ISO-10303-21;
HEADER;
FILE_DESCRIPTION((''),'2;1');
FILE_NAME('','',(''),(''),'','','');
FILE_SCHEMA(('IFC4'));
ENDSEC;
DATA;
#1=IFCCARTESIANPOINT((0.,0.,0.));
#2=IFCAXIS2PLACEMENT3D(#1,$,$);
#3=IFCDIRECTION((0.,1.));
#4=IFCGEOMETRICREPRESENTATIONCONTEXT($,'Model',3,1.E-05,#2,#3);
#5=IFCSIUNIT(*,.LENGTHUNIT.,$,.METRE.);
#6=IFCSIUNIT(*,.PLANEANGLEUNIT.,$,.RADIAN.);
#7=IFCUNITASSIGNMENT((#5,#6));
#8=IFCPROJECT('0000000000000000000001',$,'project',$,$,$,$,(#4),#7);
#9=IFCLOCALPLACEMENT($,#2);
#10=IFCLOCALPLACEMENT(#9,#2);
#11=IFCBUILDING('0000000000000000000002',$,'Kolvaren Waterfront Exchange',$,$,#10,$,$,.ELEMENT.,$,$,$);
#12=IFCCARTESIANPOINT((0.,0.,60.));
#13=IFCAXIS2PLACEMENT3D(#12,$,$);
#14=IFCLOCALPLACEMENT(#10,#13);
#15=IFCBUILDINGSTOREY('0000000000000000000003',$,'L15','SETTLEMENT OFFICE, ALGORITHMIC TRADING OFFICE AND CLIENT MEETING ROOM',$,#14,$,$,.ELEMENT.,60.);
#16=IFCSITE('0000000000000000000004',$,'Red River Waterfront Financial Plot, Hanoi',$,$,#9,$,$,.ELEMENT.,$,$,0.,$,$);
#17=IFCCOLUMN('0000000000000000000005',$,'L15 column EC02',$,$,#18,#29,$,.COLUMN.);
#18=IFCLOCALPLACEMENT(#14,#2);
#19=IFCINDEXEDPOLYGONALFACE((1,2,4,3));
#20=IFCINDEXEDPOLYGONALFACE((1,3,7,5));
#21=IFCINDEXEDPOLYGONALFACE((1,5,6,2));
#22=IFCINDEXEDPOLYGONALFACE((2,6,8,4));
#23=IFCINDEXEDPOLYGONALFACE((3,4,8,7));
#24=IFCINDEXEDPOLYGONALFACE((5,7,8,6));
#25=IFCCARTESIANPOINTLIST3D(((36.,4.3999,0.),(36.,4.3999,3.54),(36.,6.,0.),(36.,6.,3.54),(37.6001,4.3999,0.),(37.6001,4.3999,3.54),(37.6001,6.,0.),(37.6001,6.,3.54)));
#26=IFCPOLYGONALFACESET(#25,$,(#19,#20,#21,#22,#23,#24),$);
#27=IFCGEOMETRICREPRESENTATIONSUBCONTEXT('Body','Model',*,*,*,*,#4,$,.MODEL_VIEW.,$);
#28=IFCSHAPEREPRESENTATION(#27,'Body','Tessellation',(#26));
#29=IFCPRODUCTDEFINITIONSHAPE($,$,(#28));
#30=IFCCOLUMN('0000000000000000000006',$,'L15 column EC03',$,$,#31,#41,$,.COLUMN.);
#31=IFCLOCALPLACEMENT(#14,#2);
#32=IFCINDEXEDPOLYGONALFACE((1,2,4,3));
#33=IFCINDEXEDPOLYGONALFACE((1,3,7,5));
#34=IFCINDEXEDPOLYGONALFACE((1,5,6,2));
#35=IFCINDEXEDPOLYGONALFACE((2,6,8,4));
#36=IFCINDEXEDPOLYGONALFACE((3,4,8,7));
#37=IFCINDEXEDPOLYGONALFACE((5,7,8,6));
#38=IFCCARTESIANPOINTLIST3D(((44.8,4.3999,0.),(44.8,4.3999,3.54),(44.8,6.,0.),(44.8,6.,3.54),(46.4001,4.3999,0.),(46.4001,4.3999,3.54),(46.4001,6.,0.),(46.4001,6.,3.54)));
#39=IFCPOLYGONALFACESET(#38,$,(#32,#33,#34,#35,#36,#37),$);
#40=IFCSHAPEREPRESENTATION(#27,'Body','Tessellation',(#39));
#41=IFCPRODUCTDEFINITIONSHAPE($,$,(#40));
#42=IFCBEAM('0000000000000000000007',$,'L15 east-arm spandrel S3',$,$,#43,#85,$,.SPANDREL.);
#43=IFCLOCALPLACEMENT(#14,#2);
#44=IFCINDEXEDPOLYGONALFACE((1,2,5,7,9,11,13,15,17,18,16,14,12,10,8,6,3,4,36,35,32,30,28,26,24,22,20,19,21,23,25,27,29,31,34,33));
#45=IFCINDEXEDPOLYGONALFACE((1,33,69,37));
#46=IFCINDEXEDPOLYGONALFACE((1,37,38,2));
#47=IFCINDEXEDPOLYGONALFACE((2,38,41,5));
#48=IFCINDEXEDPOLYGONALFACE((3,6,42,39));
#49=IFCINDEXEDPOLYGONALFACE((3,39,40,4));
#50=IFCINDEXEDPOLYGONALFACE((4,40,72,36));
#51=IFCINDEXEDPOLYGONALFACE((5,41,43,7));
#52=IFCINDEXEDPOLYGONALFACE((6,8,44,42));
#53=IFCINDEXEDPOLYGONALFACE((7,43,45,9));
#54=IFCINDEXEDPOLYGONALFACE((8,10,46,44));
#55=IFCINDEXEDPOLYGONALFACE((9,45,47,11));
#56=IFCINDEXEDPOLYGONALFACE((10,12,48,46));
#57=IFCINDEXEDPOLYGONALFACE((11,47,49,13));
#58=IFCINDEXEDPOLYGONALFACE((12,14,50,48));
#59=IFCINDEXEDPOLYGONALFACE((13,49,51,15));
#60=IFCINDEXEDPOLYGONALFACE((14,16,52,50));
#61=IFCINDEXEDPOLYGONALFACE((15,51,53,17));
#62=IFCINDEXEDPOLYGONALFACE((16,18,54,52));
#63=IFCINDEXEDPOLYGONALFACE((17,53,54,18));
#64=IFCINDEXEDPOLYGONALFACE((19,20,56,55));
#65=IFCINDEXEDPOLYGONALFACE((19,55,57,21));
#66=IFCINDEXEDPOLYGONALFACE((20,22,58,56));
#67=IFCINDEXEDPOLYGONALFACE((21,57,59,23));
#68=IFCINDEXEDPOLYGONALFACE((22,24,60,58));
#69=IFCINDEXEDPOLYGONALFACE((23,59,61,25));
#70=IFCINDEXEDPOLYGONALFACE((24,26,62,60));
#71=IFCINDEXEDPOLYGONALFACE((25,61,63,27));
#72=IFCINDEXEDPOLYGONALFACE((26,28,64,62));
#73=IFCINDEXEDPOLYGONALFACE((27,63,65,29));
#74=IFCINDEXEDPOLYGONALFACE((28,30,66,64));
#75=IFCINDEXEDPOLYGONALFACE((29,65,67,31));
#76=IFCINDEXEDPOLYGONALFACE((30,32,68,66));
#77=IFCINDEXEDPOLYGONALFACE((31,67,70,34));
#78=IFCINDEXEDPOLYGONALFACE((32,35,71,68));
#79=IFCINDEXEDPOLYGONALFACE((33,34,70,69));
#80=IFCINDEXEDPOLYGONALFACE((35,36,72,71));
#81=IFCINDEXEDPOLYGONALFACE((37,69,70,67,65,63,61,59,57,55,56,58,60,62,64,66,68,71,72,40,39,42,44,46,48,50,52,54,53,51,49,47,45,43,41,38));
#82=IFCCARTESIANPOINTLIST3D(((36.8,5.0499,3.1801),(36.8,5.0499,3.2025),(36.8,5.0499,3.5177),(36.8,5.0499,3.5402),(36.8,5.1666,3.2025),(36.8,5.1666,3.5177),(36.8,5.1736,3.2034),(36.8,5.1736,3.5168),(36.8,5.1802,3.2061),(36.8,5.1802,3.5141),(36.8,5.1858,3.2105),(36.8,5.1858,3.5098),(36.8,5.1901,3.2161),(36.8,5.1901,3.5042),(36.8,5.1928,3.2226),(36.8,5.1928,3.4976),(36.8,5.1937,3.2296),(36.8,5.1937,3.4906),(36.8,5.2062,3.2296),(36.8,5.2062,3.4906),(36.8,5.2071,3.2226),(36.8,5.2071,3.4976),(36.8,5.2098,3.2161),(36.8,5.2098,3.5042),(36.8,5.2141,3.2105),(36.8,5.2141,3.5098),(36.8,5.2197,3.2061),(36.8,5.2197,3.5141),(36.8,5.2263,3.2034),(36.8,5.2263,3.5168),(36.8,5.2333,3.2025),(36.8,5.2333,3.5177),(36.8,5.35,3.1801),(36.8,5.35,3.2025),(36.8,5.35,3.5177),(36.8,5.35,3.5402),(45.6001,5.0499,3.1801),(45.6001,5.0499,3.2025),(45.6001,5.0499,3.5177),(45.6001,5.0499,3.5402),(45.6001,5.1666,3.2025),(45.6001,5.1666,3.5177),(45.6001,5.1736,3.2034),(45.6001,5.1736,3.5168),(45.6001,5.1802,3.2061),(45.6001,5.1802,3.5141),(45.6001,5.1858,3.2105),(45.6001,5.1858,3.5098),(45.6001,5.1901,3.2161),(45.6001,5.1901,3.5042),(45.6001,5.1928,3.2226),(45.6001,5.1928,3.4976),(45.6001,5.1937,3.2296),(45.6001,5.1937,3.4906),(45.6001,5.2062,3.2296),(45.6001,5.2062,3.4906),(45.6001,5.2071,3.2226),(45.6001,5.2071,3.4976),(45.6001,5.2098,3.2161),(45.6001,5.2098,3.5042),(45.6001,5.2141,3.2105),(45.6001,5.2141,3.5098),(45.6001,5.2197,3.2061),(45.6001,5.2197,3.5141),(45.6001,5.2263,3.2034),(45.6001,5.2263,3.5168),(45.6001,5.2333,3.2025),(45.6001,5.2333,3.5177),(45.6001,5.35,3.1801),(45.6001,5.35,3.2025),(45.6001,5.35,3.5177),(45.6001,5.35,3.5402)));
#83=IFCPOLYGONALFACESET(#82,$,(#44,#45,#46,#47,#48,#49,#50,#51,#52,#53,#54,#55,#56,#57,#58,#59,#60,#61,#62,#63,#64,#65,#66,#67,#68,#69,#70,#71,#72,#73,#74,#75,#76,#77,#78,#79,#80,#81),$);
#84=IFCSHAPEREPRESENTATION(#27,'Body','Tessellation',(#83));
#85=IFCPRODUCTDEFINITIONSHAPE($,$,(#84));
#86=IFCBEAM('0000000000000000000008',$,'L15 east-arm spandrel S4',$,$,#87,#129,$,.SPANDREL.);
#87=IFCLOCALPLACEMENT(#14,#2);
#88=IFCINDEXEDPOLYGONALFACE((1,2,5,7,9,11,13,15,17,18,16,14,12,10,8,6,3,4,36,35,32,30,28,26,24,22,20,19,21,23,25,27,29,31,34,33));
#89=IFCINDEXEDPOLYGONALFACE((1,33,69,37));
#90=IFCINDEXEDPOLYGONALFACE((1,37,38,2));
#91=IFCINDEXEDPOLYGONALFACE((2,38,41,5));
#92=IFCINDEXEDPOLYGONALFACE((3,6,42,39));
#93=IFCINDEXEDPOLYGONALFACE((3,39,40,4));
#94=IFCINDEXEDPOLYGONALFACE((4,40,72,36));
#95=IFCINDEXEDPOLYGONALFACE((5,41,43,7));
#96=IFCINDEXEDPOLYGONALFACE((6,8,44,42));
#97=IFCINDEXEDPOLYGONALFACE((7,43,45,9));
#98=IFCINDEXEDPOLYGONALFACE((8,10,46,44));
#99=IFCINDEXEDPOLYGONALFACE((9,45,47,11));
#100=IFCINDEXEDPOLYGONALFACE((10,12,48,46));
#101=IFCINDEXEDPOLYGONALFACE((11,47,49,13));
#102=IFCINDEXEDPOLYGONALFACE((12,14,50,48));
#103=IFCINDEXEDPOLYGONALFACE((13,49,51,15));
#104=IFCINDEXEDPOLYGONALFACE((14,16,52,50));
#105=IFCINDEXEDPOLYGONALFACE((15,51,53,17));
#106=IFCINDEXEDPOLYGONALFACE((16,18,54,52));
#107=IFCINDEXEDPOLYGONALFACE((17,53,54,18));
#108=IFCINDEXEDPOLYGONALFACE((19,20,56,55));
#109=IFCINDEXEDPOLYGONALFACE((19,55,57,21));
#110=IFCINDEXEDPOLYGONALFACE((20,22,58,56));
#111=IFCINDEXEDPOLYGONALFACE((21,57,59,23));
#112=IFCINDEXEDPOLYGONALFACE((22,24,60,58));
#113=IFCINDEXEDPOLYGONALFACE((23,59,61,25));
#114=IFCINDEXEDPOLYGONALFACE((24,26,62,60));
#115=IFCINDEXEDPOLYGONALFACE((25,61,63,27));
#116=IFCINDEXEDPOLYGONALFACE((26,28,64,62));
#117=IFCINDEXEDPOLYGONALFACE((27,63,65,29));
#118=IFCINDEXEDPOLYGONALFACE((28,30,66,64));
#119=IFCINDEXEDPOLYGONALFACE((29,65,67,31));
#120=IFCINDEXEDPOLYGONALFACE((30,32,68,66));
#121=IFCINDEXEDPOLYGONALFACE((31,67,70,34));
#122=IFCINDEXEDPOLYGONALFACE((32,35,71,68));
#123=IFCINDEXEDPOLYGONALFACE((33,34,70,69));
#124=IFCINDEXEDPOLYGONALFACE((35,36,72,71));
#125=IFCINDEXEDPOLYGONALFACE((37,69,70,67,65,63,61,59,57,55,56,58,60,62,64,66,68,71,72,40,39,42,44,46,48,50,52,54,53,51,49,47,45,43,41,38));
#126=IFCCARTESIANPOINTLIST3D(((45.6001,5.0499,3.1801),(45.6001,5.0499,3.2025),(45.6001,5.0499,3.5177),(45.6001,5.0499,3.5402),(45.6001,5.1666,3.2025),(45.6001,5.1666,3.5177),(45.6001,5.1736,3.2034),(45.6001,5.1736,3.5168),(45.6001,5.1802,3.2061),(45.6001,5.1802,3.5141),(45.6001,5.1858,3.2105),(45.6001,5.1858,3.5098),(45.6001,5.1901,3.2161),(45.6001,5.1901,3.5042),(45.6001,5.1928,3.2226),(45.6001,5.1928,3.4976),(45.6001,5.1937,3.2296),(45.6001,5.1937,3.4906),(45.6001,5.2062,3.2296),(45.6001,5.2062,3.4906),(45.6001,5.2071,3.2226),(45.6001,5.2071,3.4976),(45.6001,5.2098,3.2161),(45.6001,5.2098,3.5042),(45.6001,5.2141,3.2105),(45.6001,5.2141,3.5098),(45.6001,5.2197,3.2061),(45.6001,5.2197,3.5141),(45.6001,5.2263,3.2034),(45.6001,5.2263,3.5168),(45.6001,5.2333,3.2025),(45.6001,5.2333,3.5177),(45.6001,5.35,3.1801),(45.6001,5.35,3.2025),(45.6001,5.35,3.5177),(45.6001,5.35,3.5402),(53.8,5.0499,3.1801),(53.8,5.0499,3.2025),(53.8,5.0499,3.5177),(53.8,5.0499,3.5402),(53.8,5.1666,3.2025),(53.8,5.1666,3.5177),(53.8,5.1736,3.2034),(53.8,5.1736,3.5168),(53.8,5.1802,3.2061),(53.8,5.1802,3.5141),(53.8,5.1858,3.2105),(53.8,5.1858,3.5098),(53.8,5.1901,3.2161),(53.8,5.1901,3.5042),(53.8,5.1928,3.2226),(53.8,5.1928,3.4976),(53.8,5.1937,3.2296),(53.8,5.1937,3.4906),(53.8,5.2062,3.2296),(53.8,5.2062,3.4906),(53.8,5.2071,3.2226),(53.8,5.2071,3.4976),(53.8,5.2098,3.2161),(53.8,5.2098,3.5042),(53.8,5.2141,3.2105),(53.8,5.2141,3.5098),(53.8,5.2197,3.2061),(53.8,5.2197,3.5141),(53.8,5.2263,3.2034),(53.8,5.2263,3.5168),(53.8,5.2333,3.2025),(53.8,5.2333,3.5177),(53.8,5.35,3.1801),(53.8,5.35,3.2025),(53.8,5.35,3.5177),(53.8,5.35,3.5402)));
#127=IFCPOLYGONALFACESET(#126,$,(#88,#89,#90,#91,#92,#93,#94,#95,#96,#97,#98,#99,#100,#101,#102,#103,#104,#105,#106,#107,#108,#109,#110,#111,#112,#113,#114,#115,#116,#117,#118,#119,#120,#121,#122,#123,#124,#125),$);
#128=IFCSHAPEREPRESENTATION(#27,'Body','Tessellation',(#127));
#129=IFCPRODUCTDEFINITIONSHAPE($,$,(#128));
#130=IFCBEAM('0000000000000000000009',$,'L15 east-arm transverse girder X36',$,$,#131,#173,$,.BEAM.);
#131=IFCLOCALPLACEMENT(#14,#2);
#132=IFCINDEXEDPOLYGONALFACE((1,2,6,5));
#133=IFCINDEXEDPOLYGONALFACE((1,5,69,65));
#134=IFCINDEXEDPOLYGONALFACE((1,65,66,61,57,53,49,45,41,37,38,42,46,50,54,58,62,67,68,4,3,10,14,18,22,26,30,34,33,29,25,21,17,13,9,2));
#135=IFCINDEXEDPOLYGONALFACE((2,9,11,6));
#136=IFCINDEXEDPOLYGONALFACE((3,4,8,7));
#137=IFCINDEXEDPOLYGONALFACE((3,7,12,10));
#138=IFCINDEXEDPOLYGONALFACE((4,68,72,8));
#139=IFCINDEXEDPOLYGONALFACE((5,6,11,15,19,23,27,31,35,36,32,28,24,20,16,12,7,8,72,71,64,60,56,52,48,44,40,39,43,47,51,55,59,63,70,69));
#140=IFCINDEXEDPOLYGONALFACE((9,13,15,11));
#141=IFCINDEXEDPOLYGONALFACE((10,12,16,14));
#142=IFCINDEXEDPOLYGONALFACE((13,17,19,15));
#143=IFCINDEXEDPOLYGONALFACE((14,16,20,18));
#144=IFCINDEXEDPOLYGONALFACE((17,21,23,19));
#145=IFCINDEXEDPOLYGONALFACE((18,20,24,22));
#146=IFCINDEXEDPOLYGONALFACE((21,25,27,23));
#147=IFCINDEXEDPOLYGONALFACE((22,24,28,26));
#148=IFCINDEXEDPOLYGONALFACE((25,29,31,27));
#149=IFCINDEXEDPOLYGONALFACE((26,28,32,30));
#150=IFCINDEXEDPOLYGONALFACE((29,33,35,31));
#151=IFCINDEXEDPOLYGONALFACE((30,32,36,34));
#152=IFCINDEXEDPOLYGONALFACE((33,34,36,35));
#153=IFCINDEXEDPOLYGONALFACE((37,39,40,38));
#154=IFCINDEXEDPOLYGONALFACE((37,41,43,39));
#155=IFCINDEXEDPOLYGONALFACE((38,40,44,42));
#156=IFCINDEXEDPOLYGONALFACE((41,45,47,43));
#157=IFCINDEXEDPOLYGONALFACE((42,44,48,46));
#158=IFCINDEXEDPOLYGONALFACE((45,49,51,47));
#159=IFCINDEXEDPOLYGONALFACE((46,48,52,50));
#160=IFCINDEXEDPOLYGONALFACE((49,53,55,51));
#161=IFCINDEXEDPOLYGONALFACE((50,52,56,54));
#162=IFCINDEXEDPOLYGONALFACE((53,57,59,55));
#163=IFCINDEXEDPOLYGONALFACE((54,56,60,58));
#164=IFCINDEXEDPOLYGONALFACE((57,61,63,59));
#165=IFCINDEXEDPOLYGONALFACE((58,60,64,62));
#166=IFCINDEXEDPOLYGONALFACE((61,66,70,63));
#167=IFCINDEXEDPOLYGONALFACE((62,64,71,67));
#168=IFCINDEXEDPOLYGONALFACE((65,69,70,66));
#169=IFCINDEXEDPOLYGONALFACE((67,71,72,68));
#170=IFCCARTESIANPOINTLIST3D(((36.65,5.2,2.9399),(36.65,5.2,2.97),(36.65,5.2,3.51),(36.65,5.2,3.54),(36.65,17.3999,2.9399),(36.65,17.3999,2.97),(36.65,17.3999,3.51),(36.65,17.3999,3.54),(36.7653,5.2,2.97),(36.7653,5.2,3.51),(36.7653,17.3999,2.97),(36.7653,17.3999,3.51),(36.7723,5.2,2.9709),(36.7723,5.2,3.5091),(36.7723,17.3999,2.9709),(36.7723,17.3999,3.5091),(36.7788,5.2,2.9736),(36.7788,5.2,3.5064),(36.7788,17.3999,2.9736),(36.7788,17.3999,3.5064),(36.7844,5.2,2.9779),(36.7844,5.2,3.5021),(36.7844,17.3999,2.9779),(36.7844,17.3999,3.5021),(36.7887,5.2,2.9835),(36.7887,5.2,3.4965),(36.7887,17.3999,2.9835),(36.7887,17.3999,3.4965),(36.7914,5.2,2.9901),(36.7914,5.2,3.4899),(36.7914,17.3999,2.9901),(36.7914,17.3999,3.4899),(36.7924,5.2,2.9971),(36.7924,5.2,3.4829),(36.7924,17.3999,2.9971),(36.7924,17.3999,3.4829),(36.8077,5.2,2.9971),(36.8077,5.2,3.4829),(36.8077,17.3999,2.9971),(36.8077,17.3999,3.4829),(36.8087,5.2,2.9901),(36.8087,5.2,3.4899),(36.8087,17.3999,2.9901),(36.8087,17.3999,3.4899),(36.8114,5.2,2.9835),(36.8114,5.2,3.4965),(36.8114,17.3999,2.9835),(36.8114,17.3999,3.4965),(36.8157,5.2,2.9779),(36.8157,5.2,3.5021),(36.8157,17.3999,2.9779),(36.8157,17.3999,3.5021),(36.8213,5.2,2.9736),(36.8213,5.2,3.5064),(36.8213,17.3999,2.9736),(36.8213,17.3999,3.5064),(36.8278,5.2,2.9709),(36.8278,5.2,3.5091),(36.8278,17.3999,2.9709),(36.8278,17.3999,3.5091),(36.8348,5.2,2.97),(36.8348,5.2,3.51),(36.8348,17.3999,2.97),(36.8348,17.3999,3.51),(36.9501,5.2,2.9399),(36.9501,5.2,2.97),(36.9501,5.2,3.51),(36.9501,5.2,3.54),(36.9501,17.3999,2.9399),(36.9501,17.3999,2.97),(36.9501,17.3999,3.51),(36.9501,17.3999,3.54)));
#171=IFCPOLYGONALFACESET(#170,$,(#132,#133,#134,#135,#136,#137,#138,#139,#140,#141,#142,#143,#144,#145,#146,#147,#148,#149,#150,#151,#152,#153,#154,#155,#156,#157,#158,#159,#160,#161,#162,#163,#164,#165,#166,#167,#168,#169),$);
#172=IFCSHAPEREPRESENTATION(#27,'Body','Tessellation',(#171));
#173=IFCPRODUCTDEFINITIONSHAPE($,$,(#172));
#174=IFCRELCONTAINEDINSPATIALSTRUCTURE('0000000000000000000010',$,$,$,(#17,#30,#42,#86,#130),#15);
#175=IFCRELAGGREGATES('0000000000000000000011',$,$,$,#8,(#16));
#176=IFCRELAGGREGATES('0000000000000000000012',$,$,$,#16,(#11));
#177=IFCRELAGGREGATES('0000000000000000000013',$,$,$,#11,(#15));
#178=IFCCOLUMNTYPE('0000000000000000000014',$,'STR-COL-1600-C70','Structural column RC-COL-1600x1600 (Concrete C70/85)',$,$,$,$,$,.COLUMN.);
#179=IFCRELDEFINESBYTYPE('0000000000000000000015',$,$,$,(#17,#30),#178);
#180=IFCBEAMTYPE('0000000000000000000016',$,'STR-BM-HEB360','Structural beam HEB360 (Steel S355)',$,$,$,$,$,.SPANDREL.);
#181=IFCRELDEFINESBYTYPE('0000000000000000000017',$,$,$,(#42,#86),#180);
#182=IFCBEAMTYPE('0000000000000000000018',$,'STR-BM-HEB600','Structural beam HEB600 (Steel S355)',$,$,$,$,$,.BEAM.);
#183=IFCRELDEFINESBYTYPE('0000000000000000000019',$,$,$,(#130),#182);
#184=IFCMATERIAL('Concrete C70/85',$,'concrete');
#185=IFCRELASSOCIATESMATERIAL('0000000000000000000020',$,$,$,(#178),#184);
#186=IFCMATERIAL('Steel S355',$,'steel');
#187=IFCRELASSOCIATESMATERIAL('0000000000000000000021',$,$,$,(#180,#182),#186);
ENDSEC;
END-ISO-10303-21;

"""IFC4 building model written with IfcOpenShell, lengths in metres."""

from ifc_helpers import new_model, si_unit, direction, frame, origin, origin_2d, place, context, subcontext, project, spatial, rectangle, i_section, extrude, material, material_profile, profile_set, type_object, element, save


model = new_model("IFC4")

# Units and contexts
model_context = context("Model", 3, precision=1e-05, world=origin(), true_north=direction((0.0, 1.0)))
body_context = subcontext(model_context, "Body", "Model", "MODEL_VIEW")
ifc_project = project(units=[si_unit("LENGTHUNIT", "METRE"), si_unit("PLANEANGLEUNIT", "RADIAN")], contexts=[model_context])

# Site, building, storey
site_placement = place(None, origin())
site = spatial("IfcSite", under=ifc_project, at=site_placement, Name="Red River Waterfront Financial Plot, Hanoi", CompositionType="ELEMENT", RefElevation=0.0)
building_placement = place(site_placement, origin())
building = spatial("IfcBuilding", under=site, at=building_placement, Name="Kolvaren Waterfront Exchange", CompositionType="ELEMENT")
storey_placement = place(building_placement, frame((0.0, 0.0, 60.0)))
storey = spatial("IfcBuildingStorey", under=building, at=storey_placement, Name="L15", Description="SETTLEMENT OFFICE, ALGORITHMIC TRADING OFFICE AND CLIENT MEETING ROOM", CompositionType="ELEMENT", Elevation=60.0)

# Columns
ifc_material_1 = material(Name="Concrete C70/85", Category="concrete")
ifc_material_profile_1 = material_profile(ifc_material_1, rectangle(XDim=1.6001, YDim=1.6001, at=origin_2d()), Name="RC-COL-1600x1600")
ifc_profile_set_1 = profile_set([ifc_material_profile_1], Name="Concrete C70/85")
column_type = type_object("IfcColumnType", Name="STR-COL-1600-C70", Description="Structural column RC-COL-1600x1600 (Concrete C70/85)", PredefinedType="COLUMN", material=ifc_profile_set_1)
for number, where, z_axis, x_axis, name in (
    (1, (36.8, 5.2, 0.0), (0.0, 0.0, 1.0), (1.0, 0.0, 0.0), "L15 column EC02"),
    (2, (45.6001, 5.2, 0.0), (0.0, 0.0, 1.0), (1.0, 0.0, 0.0), "L15 column EC03"),
):
    element("IfcColumn", number, at=place(storey_placement, frame(where, z_axis=z_axis, x_axis=x_axis)), inside=storey, type_object=column_type, Name=name, PredefinedType="COLUMN", context=body_context, shape_type="SweptSolid", body=[
        extrude(rectangle(XDim=1.6001, YDim=1.6001, at=origin_2d()), origin(), (0.0, 0.0, 1.0), 3.54),
    ])

# Beams
ifc_material_2 = material(Name="Steel S355", Category="steel")
ifc_material_profile_2 = material_profile(ifc_material_2, i_section(OverallWidth=0.3, OverallDepth=0.3601, WebThickness=0.0125, FlangeThickness=0.0225, FilletRadius=0.0271, at=origin_2d()), Name="HEB360")
ifc_profile_set_2 = profile_set([ifc_material_profile_2], Name="Steel S355")
beam_type_1 = type_object("IfcBeamType", Name="STR-BM-HEB360", Description="Structural beam HEB360 (Steel S355)", PredefinedType="SPANDREL", material=ifc_profile_set_2)
beam_1_placement = place(storey_placement, frame((36.8, 5.2, 3.3601), z_axis=(1.0, 0.0, 0.0), x_axis=(0.0, 1.0, 0.0)))
element("IfcBeam", 3, at=beam_1_placement, inside=storey, type_object=beam_type_1, Name="L15 east-arm spandrel S3", PredefinedType="SPANDREL", context=body_context, shape_type="SweptSolid", body=[
    extrude(i_section(OverallWidth=0.3, OverallDepth=0.3601, WebThickness=0.0125, FlangeThickness=0.0225, FilletRadius=0.0271, at=origin_2d()), origin(), (0.0, 0.0, 1.0), 8.8),
])
beam_2_placement = place(storey_placement, frame((45.6001, 5.2, 3.3601), z_axis=(1.0, 0.0, 0.0), x_axis=(0.0, 1.0, 0.0)))
element("IfcBeam", 4, at=beam_2_placement, inside=storey, type_object=beam_type_1, Name="L15 east-arm spandrel S4", PredefinedType="SPANDREL", context=body_context, shape_type="SweptSolid", body=[
    extrude(i_section(OverallWidth=0.3, OverallDepth=0.3601, WebThickness=0.0125, FlangeThickness=0.0225, FilletRadius=0.0271, at=origin_2d()), origin(), (0.0, 0.0, 1.0), 8.2),
])
ifc_material_profile_3 = material_profile(ifc_material_2, i_section(OverallWidth=0.3, OverallDepth=0.6001, WebThickness=0.0154, FlangeThickness=0.03, FilletRadius=0.0271, at=origin_2d()), Name="HEB600")
ifc_profile_set_3 = profile_set([ifc_material_profile_3], Name="Steel S355")
beam_type_2 = type_object("IfcBeamType", Name="STR-BM-HEB600", Description="Structural beam HEB600 (Steel S355)", PredefinedType="BEAM", material=ifc_profile_set_3)
for number, where, z_axis, x_axis, name in (
    (5, (36.8, 5.2, 3.24), (0.0, 1.0, 0.0), (-1.0, 0.0, 0.0), "L15 east-arm transverse girder X36"),
):
    element("IfcBeam", number, at=place(storey_placement, frame(where, z_axis=z_axis, x_axis=x_axis)), inside=storey, type_object=beam_type_2, Name=name, PredefinedType="BEAM", context=body_context, shape_type="SweptSolid", body=[
        extrude(i_section(OverallWidth=0.3, OverallDepth=0.6001, WebThickness=0.0154, FlangeThickness=0.03, FilletRadius=0.0271, at=origin_2d()), origin(), (0.0, 0.0, 1.0), 12.2),
    ])

save(model, "model.ifc")
